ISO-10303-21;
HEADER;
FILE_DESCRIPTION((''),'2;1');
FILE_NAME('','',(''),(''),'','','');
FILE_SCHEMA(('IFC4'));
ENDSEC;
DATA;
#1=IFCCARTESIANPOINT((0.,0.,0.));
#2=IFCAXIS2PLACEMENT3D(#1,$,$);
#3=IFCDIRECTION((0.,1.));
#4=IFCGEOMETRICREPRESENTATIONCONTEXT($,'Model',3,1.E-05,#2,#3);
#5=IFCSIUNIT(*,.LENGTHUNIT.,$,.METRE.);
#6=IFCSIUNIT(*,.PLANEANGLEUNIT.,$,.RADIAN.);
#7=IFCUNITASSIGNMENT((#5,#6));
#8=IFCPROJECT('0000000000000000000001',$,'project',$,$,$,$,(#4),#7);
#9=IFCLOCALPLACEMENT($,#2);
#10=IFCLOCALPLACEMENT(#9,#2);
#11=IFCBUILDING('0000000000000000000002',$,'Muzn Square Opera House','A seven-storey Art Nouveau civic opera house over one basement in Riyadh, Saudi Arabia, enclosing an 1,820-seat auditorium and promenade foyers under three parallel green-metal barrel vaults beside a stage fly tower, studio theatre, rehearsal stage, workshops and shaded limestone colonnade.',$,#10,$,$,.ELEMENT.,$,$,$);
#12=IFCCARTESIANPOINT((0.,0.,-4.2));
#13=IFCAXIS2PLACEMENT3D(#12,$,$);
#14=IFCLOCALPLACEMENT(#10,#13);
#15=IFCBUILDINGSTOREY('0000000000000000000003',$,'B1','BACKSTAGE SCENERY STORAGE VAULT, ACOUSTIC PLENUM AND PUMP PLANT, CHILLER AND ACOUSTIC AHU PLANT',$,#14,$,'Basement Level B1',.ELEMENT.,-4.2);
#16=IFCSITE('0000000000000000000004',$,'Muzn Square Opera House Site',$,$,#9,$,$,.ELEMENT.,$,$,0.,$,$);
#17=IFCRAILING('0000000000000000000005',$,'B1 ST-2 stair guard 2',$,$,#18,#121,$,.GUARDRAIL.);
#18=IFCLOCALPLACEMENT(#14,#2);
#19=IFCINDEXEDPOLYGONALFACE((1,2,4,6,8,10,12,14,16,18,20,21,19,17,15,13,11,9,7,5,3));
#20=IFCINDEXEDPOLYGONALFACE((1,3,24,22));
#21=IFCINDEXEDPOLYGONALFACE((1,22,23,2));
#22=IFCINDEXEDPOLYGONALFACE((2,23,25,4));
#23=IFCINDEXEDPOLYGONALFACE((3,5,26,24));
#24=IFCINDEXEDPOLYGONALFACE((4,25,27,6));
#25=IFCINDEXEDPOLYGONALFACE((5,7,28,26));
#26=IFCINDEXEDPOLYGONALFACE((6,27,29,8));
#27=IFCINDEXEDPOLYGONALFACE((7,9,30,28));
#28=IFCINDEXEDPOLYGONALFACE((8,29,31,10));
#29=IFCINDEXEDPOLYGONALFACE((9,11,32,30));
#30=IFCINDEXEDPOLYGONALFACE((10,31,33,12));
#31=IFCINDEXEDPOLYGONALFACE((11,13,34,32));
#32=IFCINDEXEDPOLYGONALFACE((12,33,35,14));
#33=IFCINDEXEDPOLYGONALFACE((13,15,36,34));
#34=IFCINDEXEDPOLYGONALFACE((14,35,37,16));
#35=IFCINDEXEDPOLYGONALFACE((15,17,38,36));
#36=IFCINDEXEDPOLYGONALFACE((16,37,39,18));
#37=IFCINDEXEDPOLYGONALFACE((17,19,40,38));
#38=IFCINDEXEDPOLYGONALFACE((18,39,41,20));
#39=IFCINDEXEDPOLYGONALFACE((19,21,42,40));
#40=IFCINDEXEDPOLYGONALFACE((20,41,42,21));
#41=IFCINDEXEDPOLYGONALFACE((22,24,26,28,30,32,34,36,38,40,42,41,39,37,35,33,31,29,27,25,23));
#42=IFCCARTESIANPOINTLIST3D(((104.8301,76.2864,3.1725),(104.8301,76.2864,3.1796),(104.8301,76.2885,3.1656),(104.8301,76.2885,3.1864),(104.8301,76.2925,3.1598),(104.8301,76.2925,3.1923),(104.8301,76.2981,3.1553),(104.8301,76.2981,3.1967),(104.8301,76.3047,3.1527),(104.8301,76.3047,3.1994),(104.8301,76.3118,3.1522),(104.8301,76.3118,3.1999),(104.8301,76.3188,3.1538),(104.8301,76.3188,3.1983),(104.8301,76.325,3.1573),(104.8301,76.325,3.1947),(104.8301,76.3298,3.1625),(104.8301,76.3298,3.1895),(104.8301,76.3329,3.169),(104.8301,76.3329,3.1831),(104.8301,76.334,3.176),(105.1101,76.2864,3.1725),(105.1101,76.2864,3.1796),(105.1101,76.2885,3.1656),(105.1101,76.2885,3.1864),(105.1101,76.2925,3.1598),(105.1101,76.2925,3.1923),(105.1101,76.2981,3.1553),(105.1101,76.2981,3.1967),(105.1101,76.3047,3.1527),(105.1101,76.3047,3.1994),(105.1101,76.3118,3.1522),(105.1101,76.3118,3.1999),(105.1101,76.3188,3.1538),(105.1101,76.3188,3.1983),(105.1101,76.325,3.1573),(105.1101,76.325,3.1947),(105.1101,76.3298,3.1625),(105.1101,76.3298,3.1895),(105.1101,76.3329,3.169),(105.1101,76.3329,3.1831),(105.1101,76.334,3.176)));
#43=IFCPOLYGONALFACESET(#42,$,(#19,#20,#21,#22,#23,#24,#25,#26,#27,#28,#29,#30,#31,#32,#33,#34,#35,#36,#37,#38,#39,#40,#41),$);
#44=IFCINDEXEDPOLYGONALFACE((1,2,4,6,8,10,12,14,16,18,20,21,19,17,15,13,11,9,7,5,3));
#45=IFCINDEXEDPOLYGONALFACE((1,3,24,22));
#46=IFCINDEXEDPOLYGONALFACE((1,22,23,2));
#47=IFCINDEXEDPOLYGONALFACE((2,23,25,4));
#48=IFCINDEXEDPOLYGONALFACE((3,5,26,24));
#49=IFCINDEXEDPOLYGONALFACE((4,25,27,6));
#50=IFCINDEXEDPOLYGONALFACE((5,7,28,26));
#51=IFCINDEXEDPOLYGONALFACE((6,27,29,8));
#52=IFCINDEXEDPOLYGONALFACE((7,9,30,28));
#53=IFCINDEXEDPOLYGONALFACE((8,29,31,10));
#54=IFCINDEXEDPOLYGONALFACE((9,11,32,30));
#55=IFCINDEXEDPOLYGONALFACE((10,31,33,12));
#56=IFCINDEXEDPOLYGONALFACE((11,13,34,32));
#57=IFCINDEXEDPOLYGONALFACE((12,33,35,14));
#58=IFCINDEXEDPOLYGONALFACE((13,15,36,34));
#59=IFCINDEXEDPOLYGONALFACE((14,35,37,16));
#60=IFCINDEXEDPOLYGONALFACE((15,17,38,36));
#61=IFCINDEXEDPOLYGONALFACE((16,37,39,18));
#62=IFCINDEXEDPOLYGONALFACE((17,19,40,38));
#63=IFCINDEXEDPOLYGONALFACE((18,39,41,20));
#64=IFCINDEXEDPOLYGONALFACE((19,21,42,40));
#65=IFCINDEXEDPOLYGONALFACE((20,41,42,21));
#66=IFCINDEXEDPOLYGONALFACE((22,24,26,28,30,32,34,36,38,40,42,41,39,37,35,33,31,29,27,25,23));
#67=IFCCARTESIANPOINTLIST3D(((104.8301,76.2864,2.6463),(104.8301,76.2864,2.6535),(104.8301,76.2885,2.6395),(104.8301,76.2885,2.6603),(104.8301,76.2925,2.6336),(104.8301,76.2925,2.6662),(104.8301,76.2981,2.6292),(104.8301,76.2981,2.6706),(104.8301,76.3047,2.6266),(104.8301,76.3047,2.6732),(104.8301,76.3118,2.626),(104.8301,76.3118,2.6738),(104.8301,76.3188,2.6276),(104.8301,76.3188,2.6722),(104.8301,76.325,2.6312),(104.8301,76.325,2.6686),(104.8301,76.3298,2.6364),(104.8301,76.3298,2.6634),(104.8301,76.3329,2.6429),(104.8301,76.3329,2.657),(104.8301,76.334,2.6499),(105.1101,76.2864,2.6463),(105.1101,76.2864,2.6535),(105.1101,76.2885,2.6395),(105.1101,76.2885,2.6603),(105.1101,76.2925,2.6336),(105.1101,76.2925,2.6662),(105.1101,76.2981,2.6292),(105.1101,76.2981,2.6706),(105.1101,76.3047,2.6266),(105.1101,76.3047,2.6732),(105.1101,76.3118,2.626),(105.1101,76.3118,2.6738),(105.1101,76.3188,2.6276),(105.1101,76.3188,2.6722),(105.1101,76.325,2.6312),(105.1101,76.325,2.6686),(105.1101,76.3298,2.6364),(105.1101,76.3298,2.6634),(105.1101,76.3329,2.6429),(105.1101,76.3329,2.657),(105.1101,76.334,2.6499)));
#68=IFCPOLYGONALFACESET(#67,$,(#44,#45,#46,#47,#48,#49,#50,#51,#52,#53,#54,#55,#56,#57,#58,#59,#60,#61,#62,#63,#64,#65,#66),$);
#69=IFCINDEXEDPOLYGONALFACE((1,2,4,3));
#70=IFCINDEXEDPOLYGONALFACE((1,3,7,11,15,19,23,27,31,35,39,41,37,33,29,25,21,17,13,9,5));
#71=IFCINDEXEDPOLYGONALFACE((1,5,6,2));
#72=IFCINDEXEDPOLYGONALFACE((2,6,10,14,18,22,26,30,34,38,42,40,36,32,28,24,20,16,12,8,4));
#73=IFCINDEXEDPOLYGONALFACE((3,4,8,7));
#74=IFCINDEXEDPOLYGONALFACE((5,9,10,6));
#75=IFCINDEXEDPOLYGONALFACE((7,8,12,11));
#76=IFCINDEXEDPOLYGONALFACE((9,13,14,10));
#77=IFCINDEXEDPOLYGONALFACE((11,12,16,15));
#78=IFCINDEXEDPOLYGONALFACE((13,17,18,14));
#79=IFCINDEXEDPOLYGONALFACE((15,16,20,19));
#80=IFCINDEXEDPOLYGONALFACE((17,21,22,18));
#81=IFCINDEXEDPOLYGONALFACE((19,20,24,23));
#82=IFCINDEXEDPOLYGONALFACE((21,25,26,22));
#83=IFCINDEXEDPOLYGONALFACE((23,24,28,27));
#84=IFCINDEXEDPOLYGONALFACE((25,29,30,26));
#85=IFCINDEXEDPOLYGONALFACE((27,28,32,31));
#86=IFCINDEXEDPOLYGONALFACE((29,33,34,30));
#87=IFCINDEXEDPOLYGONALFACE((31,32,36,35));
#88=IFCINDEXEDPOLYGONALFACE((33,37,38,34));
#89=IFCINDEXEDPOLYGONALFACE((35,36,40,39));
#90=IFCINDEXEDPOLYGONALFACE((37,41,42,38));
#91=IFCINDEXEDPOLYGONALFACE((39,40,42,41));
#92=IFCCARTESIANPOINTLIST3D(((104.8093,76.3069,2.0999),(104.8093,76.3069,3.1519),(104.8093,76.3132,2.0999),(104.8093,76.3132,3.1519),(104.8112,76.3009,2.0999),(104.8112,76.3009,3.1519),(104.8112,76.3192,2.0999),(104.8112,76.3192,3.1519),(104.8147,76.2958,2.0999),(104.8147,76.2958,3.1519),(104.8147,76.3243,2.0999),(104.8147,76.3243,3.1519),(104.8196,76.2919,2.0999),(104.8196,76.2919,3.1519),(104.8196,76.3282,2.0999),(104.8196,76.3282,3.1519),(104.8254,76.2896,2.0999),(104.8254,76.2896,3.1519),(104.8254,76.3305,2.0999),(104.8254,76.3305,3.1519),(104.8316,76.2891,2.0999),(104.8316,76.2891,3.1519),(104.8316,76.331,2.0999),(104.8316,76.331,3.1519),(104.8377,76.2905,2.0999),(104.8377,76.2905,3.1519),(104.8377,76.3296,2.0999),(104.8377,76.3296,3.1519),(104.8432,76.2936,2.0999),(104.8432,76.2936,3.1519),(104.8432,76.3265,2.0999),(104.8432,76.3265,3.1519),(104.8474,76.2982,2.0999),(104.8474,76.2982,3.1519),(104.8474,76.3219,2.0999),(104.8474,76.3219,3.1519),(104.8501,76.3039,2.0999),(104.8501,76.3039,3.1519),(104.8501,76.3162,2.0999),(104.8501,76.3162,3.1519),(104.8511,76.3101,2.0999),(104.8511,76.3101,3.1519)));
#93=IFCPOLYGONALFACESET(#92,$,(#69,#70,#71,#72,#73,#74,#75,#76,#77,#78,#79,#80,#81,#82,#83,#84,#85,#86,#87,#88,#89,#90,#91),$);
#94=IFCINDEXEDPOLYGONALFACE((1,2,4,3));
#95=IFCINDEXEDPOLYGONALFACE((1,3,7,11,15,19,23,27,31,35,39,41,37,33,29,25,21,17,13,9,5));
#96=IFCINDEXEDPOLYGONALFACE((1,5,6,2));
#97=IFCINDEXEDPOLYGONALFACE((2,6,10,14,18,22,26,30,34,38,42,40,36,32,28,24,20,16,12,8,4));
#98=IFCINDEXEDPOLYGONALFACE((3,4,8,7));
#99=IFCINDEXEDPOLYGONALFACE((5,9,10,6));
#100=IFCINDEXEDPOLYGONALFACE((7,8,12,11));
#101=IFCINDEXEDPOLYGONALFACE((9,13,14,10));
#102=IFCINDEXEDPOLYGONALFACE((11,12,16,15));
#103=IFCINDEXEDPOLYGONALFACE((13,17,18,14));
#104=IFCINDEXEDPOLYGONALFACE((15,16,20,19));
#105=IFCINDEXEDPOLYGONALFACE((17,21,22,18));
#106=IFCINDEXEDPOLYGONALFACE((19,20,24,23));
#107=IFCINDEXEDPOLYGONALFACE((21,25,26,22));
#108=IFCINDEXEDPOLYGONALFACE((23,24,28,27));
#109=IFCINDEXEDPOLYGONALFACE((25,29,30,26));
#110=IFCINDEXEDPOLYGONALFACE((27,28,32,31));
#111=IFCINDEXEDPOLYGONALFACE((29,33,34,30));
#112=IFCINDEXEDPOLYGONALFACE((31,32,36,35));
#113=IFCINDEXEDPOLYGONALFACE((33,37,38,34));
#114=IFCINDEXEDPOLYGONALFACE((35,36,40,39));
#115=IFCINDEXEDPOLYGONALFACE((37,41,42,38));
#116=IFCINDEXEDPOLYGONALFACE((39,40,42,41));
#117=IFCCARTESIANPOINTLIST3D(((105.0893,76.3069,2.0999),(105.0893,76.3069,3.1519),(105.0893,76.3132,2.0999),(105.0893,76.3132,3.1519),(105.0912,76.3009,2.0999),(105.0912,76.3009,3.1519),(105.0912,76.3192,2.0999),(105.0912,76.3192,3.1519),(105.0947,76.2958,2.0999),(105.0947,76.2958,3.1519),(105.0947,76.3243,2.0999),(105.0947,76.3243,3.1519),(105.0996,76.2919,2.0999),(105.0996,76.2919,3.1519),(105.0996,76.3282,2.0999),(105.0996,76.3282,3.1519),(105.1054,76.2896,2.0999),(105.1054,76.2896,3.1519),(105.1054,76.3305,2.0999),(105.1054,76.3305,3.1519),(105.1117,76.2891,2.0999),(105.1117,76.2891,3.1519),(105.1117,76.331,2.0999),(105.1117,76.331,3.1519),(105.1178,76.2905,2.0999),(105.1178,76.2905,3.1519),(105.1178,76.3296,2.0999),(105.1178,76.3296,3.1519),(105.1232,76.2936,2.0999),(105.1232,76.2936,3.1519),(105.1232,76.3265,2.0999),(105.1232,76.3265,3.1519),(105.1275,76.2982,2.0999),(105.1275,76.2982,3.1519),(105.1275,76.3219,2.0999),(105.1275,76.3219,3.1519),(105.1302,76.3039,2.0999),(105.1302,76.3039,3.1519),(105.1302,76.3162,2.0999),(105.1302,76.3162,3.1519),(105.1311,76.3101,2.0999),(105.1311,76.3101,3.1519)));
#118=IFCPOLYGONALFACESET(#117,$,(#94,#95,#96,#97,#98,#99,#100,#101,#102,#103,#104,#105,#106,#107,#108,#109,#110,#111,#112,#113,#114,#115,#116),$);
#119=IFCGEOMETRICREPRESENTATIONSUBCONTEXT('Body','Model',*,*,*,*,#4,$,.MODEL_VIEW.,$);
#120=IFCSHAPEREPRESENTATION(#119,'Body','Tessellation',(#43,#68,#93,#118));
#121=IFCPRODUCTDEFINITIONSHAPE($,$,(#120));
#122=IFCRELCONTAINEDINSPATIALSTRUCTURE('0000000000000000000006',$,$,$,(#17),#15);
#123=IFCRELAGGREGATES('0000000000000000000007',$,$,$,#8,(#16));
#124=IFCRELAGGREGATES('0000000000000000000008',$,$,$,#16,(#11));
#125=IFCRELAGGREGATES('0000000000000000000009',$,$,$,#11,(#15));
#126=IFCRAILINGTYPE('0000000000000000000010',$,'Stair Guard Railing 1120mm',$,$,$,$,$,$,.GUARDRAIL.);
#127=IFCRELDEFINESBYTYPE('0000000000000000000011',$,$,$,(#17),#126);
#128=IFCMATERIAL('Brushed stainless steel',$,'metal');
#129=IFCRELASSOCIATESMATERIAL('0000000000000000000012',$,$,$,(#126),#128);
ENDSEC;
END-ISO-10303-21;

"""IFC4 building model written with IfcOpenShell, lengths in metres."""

from ifc_helpers import new_model, si_unit, direction, frame, origin, origin_2d, place, context, subcontext, project, spatial, circle, extrude, material, type_object, element, save


model = new_model("IFC4")

# Units and contexts
model_context = context("Model", 3, precision=1e-05, world=origin(), true_north=direction((0.0, 1.0)))
body_context = subcontext(model_context, "Body", "Model", "MODEL_VIEW")
ifc_project = project(units=[si_unit("LENGTHUNIT", "METRE"), si_unit("PLANEANGLEUNIT", "RADIAN")], contexts=[model_context])

# Site, building, storey
site_placement = place(None, origin())
site = spatial("IfcSite", under=ifc_project, at=site_placement, Name="Muzn Square Opera House Site", CompositionType="ELEMENT", RefElevation=0.0)
building_placement = place(site_placement, origin())
building = spatial("IfcBuilding", under=site, at=building_placement, Name="Muzn Square Opera House", Description="A seven-storey Art Nouveau civic opera house over one basement in Riyadh, Saudi Arabia, enclosing an 1,820-seat auditorium and promenade foyers under three parallel green-metal barrel vaults beside a stage fly tower, studio theatre, rehearsal stage, workshops and shaded limestone colonnade.", CompositionType="ELEMENT")
storey_placement = place(building_placement, frame((0.0, 0.0, -4.2)))
storey = spatial("IfcBuildingStorey", under=building, at=storey_placement, Name="B1", Description="BACKSTAGE SCENERY STORAGE VAULT, ACOUSTIC PLENUM AND PUMP PLANT, CHILLER AND ACOUSTIC AHU PLANT", LongName="Basement Level B1", CompositionType="ELEMENT", Elevation=-4.2)

# Railing
ifc_material_1 = material(Name="Brushed stainless steel", Category="metal")
railing_type_1 = type_object("IfcRailingType", Name="Stair Guard Railing 1120mm", PredefinedType="GUARDRAIL", material=ifc_material_1)
railing_1_placement = place(storey_placement, frame((104.8301, 76.3101, 2.0999)))
element("IfcRailing", 1, at=railing_1_placement, inside=storey, type_object=railing_type_1, Name="B1 ST-2 stair guard 2", PredefinedType="GUARDRAIL", context=body_context, shape_type="SweptSolid", body=[
    extrude(circle(Radius=0.0239, at=origin_2d()), frame((0.0, 0.0, 1.0762), z_axis=(1.0, 0.0, 0.0), x_axis=(0.0, 1.0, 0.0)), (0.0, 0.0, 1.0), 0.28),
    extrude(circle(Radius=0.0239, at=origin_2d()), frame((0.0, 0.0, 0.55), z_axis=(1.0, 0.0, 0.0), x_axis=(0.0, 1.0, 0.0)), (0.0, 0.0, 1.0), 0.28),
    extrude(circle(Radius=0.021, at=origin_2d()), origin(), (0.0, 0.0, 1.0), 1.052),
    extrude(circle(Radius=0.021, at=origin_2d()), frame((0.28, 0.0, 0.0)), (0.0, 0.0, 1.0), 1.052),
])

save(model, "model.ifc")
